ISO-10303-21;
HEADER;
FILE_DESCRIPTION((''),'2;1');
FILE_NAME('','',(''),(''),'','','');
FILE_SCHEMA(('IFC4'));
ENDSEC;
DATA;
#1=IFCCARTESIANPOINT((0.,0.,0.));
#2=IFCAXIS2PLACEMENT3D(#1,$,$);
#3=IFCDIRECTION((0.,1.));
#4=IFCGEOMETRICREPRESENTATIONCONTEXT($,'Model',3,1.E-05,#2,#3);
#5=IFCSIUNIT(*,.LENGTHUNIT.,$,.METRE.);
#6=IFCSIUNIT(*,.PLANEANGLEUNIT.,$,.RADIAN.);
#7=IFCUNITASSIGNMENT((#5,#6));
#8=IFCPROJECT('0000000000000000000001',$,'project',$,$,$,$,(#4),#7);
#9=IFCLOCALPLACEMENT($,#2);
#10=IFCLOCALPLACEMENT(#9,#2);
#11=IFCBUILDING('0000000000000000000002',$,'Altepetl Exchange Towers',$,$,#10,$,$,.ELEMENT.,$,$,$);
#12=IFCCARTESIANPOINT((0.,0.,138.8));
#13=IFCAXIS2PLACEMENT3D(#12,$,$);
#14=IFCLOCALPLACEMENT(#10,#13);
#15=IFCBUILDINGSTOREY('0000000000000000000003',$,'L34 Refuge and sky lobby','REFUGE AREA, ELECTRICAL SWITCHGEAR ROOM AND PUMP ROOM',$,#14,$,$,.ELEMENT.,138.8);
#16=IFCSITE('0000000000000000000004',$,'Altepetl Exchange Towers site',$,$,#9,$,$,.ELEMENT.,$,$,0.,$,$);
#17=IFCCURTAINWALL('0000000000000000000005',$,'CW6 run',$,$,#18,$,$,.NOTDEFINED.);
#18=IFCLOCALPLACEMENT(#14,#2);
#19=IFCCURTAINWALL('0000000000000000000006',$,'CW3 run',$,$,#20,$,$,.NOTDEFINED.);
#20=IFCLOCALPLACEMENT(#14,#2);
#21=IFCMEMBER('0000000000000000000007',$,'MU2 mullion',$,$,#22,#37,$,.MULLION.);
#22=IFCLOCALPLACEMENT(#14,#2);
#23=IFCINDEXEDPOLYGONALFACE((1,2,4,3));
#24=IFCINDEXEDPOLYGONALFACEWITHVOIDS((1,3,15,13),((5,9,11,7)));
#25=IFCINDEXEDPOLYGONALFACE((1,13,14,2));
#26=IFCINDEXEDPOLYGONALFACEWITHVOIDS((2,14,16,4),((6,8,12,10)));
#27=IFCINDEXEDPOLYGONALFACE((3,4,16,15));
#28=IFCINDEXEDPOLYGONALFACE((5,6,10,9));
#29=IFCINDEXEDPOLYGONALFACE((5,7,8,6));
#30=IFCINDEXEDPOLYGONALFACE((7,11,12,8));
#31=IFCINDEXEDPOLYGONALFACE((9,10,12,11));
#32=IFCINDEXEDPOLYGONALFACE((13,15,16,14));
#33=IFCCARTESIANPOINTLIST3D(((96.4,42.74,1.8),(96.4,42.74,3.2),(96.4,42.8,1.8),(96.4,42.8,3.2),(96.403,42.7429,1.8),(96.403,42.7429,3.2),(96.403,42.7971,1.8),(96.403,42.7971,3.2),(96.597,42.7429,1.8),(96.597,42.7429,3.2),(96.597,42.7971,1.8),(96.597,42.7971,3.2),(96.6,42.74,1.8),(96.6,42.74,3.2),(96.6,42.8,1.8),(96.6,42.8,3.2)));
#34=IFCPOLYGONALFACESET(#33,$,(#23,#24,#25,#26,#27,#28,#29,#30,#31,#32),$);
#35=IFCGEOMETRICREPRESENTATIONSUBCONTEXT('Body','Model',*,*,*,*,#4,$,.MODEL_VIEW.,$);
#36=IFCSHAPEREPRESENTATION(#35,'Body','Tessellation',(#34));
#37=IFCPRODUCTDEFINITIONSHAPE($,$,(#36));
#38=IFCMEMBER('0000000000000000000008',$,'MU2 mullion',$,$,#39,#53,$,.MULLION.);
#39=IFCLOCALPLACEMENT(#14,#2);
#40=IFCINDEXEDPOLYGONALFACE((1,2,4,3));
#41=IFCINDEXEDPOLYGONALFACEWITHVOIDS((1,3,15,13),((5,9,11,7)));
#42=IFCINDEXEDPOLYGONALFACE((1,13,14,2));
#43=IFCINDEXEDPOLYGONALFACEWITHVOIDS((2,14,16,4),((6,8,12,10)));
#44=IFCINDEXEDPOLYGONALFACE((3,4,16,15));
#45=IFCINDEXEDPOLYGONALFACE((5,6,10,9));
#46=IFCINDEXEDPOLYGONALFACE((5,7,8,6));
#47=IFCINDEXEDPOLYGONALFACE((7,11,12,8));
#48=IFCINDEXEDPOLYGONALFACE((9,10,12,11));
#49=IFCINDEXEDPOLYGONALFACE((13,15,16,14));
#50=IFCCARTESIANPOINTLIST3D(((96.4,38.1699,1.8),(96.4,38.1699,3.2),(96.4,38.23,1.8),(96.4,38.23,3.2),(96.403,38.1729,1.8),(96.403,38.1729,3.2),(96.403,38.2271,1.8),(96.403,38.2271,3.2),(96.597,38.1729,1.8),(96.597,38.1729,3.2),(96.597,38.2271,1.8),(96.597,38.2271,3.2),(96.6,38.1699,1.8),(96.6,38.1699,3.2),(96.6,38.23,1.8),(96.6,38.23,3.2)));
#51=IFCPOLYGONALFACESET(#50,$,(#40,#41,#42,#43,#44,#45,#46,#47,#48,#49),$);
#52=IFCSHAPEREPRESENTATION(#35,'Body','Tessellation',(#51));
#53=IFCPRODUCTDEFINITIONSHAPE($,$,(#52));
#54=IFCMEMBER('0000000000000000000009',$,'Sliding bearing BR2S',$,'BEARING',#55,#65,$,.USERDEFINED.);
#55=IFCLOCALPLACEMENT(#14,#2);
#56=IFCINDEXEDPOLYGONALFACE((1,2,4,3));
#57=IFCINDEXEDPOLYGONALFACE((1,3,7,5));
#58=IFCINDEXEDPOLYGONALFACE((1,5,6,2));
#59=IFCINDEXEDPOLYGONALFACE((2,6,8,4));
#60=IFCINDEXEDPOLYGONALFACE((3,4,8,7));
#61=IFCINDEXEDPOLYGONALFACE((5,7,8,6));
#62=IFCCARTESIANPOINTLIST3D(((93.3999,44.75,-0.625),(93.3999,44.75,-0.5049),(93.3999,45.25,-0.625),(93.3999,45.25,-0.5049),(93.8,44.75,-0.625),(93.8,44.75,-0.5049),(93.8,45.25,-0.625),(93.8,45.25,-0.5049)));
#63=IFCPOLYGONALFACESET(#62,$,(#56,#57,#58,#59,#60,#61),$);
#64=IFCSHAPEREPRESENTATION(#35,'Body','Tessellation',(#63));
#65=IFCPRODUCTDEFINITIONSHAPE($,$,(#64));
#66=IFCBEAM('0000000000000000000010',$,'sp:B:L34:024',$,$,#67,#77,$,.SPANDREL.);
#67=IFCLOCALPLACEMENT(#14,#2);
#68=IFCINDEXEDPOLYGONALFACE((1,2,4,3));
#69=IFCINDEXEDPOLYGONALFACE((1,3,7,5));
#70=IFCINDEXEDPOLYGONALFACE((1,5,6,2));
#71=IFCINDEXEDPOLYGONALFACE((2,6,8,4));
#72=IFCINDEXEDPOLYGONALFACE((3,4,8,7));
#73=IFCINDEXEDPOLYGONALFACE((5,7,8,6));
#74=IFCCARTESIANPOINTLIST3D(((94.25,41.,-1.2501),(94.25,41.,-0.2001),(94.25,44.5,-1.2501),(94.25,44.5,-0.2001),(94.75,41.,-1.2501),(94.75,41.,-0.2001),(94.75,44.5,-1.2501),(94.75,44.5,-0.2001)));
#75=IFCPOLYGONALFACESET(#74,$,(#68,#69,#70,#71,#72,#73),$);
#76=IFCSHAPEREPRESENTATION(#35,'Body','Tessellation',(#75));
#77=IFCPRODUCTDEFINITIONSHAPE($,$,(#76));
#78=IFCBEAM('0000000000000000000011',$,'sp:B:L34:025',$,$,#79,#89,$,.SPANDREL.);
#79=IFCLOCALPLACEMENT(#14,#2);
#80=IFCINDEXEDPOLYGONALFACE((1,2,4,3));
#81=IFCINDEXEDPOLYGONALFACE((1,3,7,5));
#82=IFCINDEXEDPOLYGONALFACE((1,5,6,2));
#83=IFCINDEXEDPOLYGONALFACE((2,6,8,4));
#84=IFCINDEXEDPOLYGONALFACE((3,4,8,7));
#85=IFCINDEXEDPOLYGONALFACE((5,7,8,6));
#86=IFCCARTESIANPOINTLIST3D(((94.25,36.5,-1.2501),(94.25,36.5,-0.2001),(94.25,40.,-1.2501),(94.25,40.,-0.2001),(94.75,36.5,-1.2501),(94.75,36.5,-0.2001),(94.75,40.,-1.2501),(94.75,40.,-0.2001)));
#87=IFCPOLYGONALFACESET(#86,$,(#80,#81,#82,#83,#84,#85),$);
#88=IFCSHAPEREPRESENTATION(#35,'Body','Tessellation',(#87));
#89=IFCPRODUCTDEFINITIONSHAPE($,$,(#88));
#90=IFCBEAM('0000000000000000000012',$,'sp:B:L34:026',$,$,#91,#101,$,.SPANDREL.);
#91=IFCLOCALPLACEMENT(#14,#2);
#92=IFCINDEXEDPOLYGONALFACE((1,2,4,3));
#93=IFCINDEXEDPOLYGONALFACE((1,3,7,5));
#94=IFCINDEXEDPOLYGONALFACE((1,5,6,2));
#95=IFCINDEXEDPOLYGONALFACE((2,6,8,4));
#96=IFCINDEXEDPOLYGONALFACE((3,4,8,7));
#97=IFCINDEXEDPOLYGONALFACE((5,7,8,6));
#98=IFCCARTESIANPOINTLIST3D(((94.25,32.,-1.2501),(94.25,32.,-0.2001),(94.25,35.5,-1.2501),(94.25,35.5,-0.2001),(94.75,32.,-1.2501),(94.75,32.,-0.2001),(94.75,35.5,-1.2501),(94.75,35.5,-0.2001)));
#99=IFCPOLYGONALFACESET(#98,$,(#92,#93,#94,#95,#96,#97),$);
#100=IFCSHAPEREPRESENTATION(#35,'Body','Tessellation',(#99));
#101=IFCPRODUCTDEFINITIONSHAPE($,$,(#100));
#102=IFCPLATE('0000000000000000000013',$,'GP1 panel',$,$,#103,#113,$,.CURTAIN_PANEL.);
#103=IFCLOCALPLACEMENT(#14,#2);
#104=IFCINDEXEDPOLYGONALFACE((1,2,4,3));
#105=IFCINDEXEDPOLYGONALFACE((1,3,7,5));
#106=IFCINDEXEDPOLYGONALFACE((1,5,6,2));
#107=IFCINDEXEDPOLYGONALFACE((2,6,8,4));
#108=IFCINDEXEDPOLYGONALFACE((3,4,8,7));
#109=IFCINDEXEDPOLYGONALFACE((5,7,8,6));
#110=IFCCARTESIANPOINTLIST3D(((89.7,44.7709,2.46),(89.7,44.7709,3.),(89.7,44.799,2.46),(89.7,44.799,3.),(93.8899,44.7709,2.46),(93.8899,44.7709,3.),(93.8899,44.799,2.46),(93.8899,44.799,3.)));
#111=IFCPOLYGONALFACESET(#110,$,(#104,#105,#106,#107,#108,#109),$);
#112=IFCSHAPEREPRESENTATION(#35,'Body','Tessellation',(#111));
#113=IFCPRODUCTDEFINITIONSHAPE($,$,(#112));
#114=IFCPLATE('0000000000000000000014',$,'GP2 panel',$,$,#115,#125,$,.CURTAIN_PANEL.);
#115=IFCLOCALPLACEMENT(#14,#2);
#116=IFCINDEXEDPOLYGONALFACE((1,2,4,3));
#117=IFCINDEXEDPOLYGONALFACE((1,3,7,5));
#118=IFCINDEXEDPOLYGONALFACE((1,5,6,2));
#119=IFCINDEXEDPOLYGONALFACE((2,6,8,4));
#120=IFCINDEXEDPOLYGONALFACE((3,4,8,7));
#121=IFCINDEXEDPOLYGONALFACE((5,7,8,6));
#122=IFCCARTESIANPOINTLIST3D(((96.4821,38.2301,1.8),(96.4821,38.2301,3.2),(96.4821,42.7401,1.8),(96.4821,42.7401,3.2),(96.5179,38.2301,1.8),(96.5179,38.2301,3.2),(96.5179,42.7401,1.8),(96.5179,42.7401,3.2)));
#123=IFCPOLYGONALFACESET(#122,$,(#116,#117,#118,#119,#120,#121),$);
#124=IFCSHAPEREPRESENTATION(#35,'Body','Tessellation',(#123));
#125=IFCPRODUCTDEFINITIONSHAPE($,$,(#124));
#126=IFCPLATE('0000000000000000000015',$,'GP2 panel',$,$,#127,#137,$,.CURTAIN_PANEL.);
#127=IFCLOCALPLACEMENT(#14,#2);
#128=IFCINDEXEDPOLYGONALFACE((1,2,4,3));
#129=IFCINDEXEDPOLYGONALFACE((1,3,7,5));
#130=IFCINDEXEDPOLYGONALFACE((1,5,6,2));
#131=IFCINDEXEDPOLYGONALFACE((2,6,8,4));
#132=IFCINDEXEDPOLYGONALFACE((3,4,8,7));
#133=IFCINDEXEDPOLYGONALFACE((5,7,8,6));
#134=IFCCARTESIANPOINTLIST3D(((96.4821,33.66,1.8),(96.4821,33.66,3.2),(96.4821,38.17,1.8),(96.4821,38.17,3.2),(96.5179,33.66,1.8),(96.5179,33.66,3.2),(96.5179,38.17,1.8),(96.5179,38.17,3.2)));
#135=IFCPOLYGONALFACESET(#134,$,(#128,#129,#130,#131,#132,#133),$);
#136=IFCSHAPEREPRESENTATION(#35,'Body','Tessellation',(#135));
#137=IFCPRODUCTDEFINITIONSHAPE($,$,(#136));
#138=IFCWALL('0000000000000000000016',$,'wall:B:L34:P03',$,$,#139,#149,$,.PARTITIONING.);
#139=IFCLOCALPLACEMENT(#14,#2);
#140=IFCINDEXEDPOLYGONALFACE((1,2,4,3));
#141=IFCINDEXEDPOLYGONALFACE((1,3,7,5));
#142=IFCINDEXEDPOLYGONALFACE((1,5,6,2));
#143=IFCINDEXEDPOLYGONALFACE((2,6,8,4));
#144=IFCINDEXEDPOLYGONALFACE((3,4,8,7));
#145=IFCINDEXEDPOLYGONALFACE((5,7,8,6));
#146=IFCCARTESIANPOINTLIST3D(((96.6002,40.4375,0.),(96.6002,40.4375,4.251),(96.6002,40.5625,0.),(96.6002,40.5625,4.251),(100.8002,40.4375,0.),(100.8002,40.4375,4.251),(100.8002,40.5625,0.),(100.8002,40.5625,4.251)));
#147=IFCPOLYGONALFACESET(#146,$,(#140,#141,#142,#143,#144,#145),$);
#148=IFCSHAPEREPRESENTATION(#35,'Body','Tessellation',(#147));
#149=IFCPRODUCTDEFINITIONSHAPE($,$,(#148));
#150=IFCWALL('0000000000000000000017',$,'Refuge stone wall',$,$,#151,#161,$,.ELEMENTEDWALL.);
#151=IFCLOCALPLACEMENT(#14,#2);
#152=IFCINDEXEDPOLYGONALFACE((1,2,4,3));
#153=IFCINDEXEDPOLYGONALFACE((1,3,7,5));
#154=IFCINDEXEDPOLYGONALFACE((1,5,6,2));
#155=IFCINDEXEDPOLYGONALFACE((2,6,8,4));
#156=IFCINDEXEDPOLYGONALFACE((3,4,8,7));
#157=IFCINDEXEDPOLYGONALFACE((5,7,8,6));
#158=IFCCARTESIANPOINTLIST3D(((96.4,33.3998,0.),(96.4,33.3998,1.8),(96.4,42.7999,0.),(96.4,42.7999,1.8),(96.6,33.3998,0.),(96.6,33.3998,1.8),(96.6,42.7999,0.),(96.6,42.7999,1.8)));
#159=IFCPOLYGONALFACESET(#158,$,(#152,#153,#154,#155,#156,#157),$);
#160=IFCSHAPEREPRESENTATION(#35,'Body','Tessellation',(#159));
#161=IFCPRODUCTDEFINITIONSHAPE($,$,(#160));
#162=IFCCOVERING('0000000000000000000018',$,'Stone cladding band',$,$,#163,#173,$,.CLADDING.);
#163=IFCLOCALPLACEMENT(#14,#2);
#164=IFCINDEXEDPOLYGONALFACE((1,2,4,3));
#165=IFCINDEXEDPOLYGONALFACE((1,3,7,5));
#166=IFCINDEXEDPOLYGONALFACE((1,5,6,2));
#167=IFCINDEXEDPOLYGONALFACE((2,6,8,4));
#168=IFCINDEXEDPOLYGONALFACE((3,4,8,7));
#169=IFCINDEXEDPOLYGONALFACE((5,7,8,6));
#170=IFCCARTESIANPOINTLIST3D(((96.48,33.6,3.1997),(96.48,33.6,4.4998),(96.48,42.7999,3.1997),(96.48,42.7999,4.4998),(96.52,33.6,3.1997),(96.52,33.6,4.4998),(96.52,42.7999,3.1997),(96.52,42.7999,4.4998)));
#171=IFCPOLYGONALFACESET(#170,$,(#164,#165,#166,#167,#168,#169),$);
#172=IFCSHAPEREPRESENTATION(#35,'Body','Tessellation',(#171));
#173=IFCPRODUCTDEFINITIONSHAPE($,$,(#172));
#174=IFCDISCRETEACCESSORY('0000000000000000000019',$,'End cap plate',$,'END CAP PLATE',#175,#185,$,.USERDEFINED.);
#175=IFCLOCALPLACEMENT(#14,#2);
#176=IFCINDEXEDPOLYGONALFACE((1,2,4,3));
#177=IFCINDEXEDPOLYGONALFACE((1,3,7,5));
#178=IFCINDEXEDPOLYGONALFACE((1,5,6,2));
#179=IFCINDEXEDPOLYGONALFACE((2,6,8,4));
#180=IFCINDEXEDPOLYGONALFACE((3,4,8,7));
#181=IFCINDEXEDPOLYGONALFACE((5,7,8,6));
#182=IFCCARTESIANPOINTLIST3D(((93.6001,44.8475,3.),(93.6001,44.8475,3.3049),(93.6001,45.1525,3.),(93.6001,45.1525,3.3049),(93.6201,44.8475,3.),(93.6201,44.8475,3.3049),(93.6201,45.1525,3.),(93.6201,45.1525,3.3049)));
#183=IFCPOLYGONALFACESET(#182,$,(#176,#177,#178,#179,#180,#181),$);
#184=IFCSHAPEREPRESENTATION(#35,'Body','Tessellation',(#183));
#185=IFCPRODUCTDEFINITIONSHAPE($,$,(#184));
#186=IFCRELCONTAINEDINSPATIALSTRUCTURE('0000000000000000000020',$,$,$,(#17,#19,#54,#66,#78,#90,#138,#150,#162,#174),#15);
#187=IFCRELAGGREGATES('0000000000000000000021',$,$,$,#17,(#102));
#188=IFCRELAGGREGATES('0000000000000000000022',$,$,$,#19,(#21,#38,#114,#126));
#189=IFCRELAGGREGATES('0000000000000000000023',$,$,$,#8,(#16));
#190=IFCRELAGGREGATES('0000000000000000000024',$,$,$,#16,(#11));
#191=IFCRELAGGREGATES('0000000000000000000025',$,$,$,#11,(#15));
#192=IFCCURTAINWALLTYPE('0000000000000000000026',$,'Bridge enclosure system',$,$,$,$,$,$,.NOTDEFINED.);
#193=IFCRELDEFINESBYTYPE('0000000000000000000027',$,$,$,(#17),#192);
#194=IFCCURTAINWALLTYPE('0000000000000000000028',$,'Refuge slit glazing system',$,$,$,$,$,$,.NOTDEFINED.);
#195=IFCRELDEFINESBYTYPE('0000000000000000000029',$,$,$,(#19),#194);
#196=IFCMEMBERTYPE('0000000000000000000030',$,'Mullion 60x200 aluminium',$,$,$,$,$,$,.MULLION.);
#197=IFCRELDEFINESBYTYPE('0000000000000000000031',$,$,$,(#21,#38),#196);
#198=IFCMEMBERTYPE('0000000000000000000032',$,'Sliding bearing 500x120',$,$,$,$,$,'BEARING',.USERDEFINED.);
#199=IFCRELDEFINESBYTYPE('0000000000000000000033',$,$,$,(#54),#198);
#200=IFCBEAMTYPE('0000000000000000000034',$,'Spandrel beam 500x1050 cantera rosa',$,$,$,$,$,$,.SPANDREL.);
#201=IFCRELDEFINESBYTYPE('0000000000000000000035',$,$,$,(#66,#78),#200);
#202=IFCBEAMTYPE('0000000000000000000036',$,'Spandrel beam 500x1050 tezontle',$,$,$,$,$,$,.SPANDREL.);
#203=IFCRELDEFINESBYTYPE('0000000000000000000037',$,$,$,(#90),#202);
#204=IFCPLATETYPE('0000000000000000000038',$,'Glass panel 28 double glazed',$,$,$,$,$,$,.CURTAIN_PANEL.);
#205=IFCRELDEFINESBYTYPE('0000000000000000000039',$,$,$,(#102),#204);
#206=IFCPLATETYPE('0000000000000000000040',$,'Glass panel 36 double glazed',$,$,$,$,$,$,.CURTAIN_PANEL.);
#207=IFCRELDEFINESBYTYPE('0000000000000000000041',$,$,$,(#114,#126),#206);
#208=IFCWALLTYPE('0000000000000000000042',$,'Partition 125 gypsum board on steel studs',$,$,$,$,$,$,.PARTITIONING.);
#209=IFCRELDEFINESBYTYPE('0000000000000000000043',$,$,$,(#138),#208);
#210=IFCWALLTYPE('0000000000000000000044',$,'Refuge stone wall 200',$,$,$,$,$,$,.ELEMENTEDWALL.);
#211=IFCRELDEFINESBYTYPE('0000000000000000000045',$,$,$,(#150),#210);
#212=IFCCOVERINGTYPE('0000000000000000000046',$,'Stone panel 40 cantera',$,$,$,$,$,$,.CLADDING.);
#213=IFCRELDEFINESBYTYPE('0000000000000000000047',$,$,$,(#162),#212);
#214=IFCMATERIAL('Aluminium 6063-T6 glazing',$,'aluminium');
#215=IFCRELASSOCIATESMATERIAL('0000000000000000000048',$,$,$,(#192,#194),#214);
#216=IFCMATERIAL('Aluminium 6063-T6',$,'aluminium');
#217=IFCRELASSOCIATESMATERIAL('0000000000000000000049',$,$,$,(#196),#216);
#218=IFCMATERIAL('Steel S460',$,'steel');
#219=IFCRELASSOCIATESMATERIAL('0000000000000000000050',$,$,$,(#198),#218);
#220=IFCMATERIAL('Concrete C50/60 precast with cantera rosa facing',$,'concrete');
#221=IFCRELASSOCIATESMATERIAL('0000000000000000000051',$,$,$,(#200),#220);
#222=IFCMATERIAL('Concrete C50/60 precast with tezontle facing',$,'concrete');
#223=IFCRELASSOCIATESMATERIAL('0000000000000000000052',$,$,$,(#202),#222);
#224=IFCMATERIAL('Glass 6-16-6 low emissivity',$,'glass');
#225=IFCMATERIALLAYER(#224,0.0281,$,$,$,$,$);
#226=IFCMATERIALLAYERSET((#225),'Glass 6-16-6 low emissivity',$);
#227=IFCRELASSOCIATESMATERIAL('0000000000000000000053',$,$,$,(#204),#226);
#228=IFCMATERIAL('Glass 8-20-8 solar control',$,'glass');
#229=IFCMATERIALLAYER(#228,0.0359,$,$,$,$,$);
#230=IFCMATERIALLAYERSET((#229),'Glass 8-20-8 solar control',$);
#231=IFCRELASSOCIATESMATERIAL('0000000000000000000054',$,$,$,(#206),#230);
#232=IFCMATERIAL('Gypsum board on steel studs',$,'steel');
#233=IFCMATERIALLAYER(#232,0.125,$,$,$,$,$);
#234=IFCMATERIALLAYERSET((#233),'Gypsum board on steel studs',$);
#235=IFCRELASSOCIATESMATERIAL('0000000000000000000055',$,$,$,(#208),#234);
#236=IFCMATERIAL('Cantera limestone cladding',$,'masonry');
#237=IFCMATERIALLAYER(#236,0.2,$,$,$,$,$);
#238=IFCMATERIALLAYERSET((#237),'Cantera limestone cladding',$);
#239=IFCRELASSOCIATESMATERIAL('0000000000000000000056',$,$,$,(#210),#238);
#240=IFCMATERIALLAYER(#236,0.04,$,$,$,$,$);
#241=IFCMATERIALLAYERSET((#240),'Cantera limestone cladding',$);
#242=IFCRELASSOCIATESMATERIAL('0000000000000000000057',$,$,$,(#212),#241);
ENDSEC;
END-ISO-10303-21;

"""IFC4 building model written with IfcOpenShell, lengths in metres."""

from ifc_helpers import new_model, si_unit, direction, frame, frame_2d, origin, origin_2d, place, context, subcontext, project, spatial, rectangle, hollow_rectangle, extrude, material, layer, layer_set, material_profile, profile_set, type_object, element, aggregate, save


model = new_model("IFC4")

# Units and contexts
model_context = context("Model", 3, precision=1e-05, world=origin(), true_north=direction((0.0, 1.0)))
body_context = subcontext(model_context, "Body", "Model", "MODEL_VIEW")
ifc_project = project(units=[si_unit("LENGTHUNIT", "METRE"), si_unit("PLANEANGLEUNIT", "RADIAN")], contexts=[model_context])

# Site, building, storey
site_placement = place(None, origin())
site = spatial("IfcSite", under=ifc_project, at=site_placement, Name="Altepetl Exchange Towers site", CompositionType="ELEMENT", RefElevation=0.0)
building_placement = place(site_placement, origin())
building = spatial("IfcBuilding", under=site, at=building_placement, Name="Altepetl Exchange Towers", CompositionType="ELEMENT")
storey_placement = place(building_placement, frame((0.0, 0.0, 138.8)))
storey = spatial("IfcBuildingStorey", under=building, at=storey_placement, Name="L34 Refuge and sky lobby", Description="REFUGE AREA, ELECTRICAL SWITCHGEAR ROOM AND PUMP ROOM", CompositionType="ELEMENT", Elevation=138.8)

# Curtain wall
ifc_material_1 = material(Name="Aluminium 6063-T6 glazing", Category="aluminium")
curtain_wall_type_1 = type_object("IfcCurtainWallType", Name="Bridge enclosure system", PredefinedType="NOTDEFINED", material=ifc_material_1)
curtain_wall_1_placement = place(storey_placement, origin())
curtain_wall_1 = element("IfcCurtainWall", 1, at=curtain_wall_1_placement, inside=storey, type_object=curtain_wall_type_1, Name="CW6 run", PredefinedType="NOTDEFINED")
ifc_material_2 = material(Name="Aluminium 6063-T6", Category="aluminium")

# Curtain wall, members
curtain_wall_type_2 = type_object("IfcCurtainWallType", Name="Refuge slit glazing system", PredefinedType="NOTDEFINED", material=ifc_material_1)
curtain_wall_2_placement = place(storey_placement, origin())
curtain_wall_2 = element("IfcCurtainWall", 2, at=curtain_wall_2_placement, inside=storey, type_object=curtain_wall_type_2, Name="CW3 run", PredefinedType="NOTDEFINED")
ifc_material_profile_1 = material_profile(ifc_material_2, hollow_rectangle(XDim=0.0601, YDim=0.2, WallThickness=0.0029, at=origin_2d()), Name="Mullion 60x200 aluminium")
ifc_profile_set_1 = profile_set([ifc_material_profile_1], Name="Aluminium 6063-T6")
member_type_1 = type_object("IfcMemberType", Name="Mullion 60x200 aluminium", PredefinedType="MULLION", material=ifc_profile_set_1)
member_1_placement = place(storey_placement, frame((96.5, 42.77, 1.8), z_axis=(0.0, 0.0, 1.0), x_axis=(0.0, -1.0, 0.0)))
member_1 = element("IfcMember", 3, at=member_1_placement, type_object=member_type_1, Name="MU2 mullion", PredefinedType="MULLION", context=body_context, shape_type="SweptSolid", body=[
    extrude(hollow_rectangle(XDim=0.0601, YDim=0.2, WallThickness=0.0029, at=origin_2d()), origin(), (0.0, 0.0, 1.0), 1.3999),
])
member_2_placement = place(storey_placement, frame((96.5, 38.2, 1.8), z_axis=(0.0, 0.0, 1.0), x_axis=(0.0, -1.0, 0.0)))
member_2 = element("IfcMember", 4, at=member_2_placement, type_object=member_type_1, Name="MU2 mullion", PredefinedType="MULLION", context=body_context, shape_type="SweptSolid", body=[
    extrude(hollow_rectangle(XDim=0.0601, YDim=0.2, WallThickness=0.0029, at=origin_2d()), origin(), (0.0, 0.0, 1.0), 1.3999),
])

# Member
ifc_material_3 = material(Name="Steel S460", Category="steel")
ifc_material_profile_2 = material_profile(ifc_material_3, rectangle(XDim=0.5, YDim=0.1201, at=origin_2d()), Name="500 x 120")
ifc_profile_set_2 = profile_set([ifc_material_profile_2], Name="Steel S460")
member_type_2 = type_object("IfcMemberType", Name="Sliding bearing 500x120", ElementType="BEARING", PredefinedType="USERDEFINED", material=ifc_profile_set_2)
member_3_placement = place(storey_placement, frame((93.3999, 45.0, -0.5649), z_axis=(1.0, 0.0, 0.0), x_axis=(0.0, 1.0, 0.0)))
element("IfcMember", 5, at=member_3_placement, inside=storey, type_object=member_type_2, Name="Sliding bearing BR2S", ObjectType="BEARING", PredefinedType="USERDEFINED", context=body_context, shape_type="SweptSolid", body=[
    extrude(rectangle(XDim=0.5, YDim=0.1201, at=origin_2d()), origin(), (0.0, 0.0, 1.0), 0.4001),
])

# Beams
ifc_material_4 = material(Name="Concrete C50/60 precast with cantera rosa facing", Category="concrete")
ifc_material_profile_3 = material_profile(ifc_material_4, rectangle(XDim=0.5, YDim=1.05, at=origin_2d()), Name="500 x 1050")
ifc_profile_set_3 = profile_set([ifc_material_profile_3], Name="Concrete C50/60 precast with cantera rosa facing")
beam_type_1 = type_object("IfcBeamType", Name="Spandrel beam 500x1050 cantera rosa", PredefinedType="SPANDREL", material=ifc_profile_set_3)
for number, where, z_axis, x_axis, name in (
    (6, (94.5, 44.5, -0.7251), (0.0, -1.0, 0.0), (1.0, 0.0, 0.0), "sp:B:L34:024"),
    (7, (94.5, 40.0, -0.7251), (0.0, -1.0, 0.0), (1.0, 0.0, 0.0), "sp:B:L34:025"),
):
    element("IfcBeam", number, at=place(storey_placement, frame(where, z_axis=z_axis, x_axis=x_axis)), inside=storey, type_object=beam_type_1, Name=name, PredefinedType="SPANDREL", context=body_context, shape_type="SweptSolid", body=[
        extrude(rectangle(XDim=0.5, YDim=1.05, at=origin_2d()), origin(), (0.0, 0.0, 1.0), 3.5),
    ])
ifc_material_5 = material(Name="Concrete C50/60 precast with tezontle facing", Category="concrete")
ifc_material_profile_4 = material_profile(ifc_material_5, rectangle(XDim=0.5, YDim=1.05, at=origin_2d()), Name="500 x 1050")
ifc_profile_set_4 = profile_set([ifc_material_profile_4], Name="Concrete C50/60 precast with tezontle facing")
beam_type_2 = type_object("IfcBeamType", Name="Spandrel beam 500x1050 tezontle", PredefinedType="SPANDREL", material=ifc_profile_set_4)
beam_1_placement = place(storey_placement, frame((94.5, 35.5, -0.7251), z_axis=(0.0, -1.0, 0.0), x_axis=(1.0, 0.0, 0.0)))
element("IfcBeam", 8, at=beam_1_placement, inside=storey, type_object=beam_type_2, Name="sp:B:L34:026", PredefinedType="SPANDREL", context=body_context, shape_type="SweptSolid", body=[
    extrude(rectangle(XDim=0.5, YDim=1.05, at=origin_2d()), origin(), (0.0, 0.0, 1.0), 3.5),
])

# Plates
ifc_material_6 = material(Name="Glass 6-16-6 low emissivity", Category="glass")
ifc_layer_1 = layer(ifc_material_6, 0.0281)
ifc_layer_set_1 = layer_set([ifc_layer_1], Name="Glass 6-16-6 low emissivity")
plate_type_1 = type_object("IfcPlateType", Name="Glass panel 28 double glazed", PredefinedType="CURTAIN_PANEL", material=ifc_layer_set_1)
plate_1_placement = place(storey_placement, frame((91.7949, 44.7849, 2.46)))
plate_1 = element("IfcPlate", 9, at=plate_1_placement, type_object=plate_type_1, Name="GP1 panel", PredefinedType="CURTAIN_PANEL", context=body_context, shape_type="SweptSolid", body=[
    extrude(rectangle(XDim=4.1899, YDim=0.0281, at=origin_2d()), origin(), (0.0, 0.0, 1.0), 0.54),
])
aggregate(curtain_wall_1, [plate_1])
ifc_material_7 = material(Name="Glass 8-20-8 solar control", Category="glass")
ifc_layer_2 = layer(ifc_material_7, 0.0359)
ifc_layer_set_2 = layer_set([ifc_layer_2], Name="Glass 8-20-8 solar control")
plate_type_2 = type_object("IfcPlateType", Name="Glass panel 36 double glazed", PredefinedType="CURTAIN_PANEL", material=ifc_layer_set_2)
plate_2_placement = place(storey_placement, frame((96.5, 40.4851, 1.8), z_axis=(0.0, 0.0, 1.0), x_axis=(0.0, -1.0, 0.0)))
plate_2 = element("IfcPlate", 10, at=plate_2_placement, type_object=plate_type_2, Name="GP2 panel", PredefinedType="CURTAIN_PANEL", context=body_context, shape_type="SweptSolid", body=[
    extrude(rectangle(XDim=4.51, YDim=0.0359, at=origin_2d()), origin(), (0.0, 0.0, 1.0), 1.3999),
])
plate_3_placement = place(storey_placement, frame((96.5, 35.915, 1.8), z_axis=(0.0, 0.0, 1.0), x_axis=(0.0, -1.0, 0.0)))
plate_3 = element("IfcPlate", 11, at=plate_3_placement, type_object=plate_type_2, Name="GP2 panel", PredefinedType="CURTAIN_PANEL", context=body_context, shape_type="SweptSolid", body=[
    extrude(rectangle(XDim=4.51, YDim=0.0359, at=origin_2d()), origin(), (0.0, 0.0, 1.0), 1.3999),
])
aggregate(curtain_wall_2, [member_1, member_2, plate_2, plate_3])

# Walls
ifc_material_8 = material(Name="Gypsum board on steel studs", Category="steel")
ifc_layer_3 = layer(ifc_material_8, 0.125)
ifc_layer_set_3 = layer_set([ifc_layer_3], Name="Gypsum board on steel studs")
wall_type_1 = type_object("IfcWallType", Name="Partition 125 gypsum board on steel studs", PredefinedType="PARTITIONING", material=ifc_layer_set_3)
wall_1_placement = place(storey_placement, frame((96.6001, 40.5, 0.0)))
element("IfcWall", 12, at=wall_1_placement, inside=storey, type_object=wall_type_1, Name="wall:B:L34:P03", PredefinedType="PARTITIONING", context=body_context, shape_type="SweptSolid", body=[
    extrude(rectangle(XDim=4.2, YDim=0.125, at=frame_2d((2.1001, 0.0))), origin(), (0.0, 0.0, 1.0), 4.251),
])
ifc_material_9 = material(Name="Cantera limestone cladding", Category="masonry")
ifc_layer_4 = layer(ifc_material_9, 0.2)
ifc_layer_set_4 = layer_set([ifc_layer_4], Name="Cantera limestone cladding")
wall_type_2 = type_object("IfcWallType", Name="Refuge stone wall 200", PredefinedType="ELEMENTEDWALL", material=ifc_layer_set_4)
wall_2_placement = place(storey_placement, frame((96.5, 42.8, 0.0), z_axis=(0.0, 0.0, 1.0), x_axis=(0.0, -1.0, 0.0)))
element("IfcWall", 13, at=wall_2_placement, inside=storey, type_object=wall_type_2, Name="Refuge stone wall", PredefinedType="ELEMENTEDWALL", context=body_context, shape_type="SweptSolid", body=[
    extrude(rectangle(XDim=9.4001, YDim=0.2, at=frame_2d((4.7002, 0.0))), origin(), (0.0, 0.0, 1.0), 1.8),
])

# Covering
ifc_layer_5 = layer(ifc_material_9, 0.04)
ifc_layer_set_5 = layer_set([ifc_layer_5], Name="Cantera limestone cladding")
covering_type = type_object("IfcCoveringType", Name="Stone panel 40 cantera", PredefinedType="CLADDING", material=ifc_layer_set_5)
covering_placement = place(storey_placement, frame((96.5, 38.2, 3.1997), z_axis=(0.0, 0.0, 1.0), x_axis=(0.0, -1.0, 0.0)))
element("IfcCovering", 14, at=covering_placement, inside=storey, type_object=covering_type, Name="Stone cladding band", PredefinedType="CLADDING", context=body_context, shape_type="SweptSolid", body=[
    extrude(rectangle(XDim=9.2, YDim=0.04, at=origin_2d()), origin(), (0.0, 0.0, 1.0), 1.3),
])

# Discrete accessory
discrete_accessory_1_placement = place(storey_placement, frame((93.6101, 45.0, 3.0)))
element("IfcDiscreteAccessory", 15, at=discrete_accessory_1_placement, inside=storey, Name="End cap plate", ObjectType="END CAP PLATE", PredefinedType="USERDEFINED", context=body_context, shape_type="SweptSolid", body=[
    extrude(rectangle(XDim=0.02, YDim=0.3049, at=origin_2d()), origin(), (0.0, 0.0, 1.0), 0.3049),
])

save(model, "model.ifc")
